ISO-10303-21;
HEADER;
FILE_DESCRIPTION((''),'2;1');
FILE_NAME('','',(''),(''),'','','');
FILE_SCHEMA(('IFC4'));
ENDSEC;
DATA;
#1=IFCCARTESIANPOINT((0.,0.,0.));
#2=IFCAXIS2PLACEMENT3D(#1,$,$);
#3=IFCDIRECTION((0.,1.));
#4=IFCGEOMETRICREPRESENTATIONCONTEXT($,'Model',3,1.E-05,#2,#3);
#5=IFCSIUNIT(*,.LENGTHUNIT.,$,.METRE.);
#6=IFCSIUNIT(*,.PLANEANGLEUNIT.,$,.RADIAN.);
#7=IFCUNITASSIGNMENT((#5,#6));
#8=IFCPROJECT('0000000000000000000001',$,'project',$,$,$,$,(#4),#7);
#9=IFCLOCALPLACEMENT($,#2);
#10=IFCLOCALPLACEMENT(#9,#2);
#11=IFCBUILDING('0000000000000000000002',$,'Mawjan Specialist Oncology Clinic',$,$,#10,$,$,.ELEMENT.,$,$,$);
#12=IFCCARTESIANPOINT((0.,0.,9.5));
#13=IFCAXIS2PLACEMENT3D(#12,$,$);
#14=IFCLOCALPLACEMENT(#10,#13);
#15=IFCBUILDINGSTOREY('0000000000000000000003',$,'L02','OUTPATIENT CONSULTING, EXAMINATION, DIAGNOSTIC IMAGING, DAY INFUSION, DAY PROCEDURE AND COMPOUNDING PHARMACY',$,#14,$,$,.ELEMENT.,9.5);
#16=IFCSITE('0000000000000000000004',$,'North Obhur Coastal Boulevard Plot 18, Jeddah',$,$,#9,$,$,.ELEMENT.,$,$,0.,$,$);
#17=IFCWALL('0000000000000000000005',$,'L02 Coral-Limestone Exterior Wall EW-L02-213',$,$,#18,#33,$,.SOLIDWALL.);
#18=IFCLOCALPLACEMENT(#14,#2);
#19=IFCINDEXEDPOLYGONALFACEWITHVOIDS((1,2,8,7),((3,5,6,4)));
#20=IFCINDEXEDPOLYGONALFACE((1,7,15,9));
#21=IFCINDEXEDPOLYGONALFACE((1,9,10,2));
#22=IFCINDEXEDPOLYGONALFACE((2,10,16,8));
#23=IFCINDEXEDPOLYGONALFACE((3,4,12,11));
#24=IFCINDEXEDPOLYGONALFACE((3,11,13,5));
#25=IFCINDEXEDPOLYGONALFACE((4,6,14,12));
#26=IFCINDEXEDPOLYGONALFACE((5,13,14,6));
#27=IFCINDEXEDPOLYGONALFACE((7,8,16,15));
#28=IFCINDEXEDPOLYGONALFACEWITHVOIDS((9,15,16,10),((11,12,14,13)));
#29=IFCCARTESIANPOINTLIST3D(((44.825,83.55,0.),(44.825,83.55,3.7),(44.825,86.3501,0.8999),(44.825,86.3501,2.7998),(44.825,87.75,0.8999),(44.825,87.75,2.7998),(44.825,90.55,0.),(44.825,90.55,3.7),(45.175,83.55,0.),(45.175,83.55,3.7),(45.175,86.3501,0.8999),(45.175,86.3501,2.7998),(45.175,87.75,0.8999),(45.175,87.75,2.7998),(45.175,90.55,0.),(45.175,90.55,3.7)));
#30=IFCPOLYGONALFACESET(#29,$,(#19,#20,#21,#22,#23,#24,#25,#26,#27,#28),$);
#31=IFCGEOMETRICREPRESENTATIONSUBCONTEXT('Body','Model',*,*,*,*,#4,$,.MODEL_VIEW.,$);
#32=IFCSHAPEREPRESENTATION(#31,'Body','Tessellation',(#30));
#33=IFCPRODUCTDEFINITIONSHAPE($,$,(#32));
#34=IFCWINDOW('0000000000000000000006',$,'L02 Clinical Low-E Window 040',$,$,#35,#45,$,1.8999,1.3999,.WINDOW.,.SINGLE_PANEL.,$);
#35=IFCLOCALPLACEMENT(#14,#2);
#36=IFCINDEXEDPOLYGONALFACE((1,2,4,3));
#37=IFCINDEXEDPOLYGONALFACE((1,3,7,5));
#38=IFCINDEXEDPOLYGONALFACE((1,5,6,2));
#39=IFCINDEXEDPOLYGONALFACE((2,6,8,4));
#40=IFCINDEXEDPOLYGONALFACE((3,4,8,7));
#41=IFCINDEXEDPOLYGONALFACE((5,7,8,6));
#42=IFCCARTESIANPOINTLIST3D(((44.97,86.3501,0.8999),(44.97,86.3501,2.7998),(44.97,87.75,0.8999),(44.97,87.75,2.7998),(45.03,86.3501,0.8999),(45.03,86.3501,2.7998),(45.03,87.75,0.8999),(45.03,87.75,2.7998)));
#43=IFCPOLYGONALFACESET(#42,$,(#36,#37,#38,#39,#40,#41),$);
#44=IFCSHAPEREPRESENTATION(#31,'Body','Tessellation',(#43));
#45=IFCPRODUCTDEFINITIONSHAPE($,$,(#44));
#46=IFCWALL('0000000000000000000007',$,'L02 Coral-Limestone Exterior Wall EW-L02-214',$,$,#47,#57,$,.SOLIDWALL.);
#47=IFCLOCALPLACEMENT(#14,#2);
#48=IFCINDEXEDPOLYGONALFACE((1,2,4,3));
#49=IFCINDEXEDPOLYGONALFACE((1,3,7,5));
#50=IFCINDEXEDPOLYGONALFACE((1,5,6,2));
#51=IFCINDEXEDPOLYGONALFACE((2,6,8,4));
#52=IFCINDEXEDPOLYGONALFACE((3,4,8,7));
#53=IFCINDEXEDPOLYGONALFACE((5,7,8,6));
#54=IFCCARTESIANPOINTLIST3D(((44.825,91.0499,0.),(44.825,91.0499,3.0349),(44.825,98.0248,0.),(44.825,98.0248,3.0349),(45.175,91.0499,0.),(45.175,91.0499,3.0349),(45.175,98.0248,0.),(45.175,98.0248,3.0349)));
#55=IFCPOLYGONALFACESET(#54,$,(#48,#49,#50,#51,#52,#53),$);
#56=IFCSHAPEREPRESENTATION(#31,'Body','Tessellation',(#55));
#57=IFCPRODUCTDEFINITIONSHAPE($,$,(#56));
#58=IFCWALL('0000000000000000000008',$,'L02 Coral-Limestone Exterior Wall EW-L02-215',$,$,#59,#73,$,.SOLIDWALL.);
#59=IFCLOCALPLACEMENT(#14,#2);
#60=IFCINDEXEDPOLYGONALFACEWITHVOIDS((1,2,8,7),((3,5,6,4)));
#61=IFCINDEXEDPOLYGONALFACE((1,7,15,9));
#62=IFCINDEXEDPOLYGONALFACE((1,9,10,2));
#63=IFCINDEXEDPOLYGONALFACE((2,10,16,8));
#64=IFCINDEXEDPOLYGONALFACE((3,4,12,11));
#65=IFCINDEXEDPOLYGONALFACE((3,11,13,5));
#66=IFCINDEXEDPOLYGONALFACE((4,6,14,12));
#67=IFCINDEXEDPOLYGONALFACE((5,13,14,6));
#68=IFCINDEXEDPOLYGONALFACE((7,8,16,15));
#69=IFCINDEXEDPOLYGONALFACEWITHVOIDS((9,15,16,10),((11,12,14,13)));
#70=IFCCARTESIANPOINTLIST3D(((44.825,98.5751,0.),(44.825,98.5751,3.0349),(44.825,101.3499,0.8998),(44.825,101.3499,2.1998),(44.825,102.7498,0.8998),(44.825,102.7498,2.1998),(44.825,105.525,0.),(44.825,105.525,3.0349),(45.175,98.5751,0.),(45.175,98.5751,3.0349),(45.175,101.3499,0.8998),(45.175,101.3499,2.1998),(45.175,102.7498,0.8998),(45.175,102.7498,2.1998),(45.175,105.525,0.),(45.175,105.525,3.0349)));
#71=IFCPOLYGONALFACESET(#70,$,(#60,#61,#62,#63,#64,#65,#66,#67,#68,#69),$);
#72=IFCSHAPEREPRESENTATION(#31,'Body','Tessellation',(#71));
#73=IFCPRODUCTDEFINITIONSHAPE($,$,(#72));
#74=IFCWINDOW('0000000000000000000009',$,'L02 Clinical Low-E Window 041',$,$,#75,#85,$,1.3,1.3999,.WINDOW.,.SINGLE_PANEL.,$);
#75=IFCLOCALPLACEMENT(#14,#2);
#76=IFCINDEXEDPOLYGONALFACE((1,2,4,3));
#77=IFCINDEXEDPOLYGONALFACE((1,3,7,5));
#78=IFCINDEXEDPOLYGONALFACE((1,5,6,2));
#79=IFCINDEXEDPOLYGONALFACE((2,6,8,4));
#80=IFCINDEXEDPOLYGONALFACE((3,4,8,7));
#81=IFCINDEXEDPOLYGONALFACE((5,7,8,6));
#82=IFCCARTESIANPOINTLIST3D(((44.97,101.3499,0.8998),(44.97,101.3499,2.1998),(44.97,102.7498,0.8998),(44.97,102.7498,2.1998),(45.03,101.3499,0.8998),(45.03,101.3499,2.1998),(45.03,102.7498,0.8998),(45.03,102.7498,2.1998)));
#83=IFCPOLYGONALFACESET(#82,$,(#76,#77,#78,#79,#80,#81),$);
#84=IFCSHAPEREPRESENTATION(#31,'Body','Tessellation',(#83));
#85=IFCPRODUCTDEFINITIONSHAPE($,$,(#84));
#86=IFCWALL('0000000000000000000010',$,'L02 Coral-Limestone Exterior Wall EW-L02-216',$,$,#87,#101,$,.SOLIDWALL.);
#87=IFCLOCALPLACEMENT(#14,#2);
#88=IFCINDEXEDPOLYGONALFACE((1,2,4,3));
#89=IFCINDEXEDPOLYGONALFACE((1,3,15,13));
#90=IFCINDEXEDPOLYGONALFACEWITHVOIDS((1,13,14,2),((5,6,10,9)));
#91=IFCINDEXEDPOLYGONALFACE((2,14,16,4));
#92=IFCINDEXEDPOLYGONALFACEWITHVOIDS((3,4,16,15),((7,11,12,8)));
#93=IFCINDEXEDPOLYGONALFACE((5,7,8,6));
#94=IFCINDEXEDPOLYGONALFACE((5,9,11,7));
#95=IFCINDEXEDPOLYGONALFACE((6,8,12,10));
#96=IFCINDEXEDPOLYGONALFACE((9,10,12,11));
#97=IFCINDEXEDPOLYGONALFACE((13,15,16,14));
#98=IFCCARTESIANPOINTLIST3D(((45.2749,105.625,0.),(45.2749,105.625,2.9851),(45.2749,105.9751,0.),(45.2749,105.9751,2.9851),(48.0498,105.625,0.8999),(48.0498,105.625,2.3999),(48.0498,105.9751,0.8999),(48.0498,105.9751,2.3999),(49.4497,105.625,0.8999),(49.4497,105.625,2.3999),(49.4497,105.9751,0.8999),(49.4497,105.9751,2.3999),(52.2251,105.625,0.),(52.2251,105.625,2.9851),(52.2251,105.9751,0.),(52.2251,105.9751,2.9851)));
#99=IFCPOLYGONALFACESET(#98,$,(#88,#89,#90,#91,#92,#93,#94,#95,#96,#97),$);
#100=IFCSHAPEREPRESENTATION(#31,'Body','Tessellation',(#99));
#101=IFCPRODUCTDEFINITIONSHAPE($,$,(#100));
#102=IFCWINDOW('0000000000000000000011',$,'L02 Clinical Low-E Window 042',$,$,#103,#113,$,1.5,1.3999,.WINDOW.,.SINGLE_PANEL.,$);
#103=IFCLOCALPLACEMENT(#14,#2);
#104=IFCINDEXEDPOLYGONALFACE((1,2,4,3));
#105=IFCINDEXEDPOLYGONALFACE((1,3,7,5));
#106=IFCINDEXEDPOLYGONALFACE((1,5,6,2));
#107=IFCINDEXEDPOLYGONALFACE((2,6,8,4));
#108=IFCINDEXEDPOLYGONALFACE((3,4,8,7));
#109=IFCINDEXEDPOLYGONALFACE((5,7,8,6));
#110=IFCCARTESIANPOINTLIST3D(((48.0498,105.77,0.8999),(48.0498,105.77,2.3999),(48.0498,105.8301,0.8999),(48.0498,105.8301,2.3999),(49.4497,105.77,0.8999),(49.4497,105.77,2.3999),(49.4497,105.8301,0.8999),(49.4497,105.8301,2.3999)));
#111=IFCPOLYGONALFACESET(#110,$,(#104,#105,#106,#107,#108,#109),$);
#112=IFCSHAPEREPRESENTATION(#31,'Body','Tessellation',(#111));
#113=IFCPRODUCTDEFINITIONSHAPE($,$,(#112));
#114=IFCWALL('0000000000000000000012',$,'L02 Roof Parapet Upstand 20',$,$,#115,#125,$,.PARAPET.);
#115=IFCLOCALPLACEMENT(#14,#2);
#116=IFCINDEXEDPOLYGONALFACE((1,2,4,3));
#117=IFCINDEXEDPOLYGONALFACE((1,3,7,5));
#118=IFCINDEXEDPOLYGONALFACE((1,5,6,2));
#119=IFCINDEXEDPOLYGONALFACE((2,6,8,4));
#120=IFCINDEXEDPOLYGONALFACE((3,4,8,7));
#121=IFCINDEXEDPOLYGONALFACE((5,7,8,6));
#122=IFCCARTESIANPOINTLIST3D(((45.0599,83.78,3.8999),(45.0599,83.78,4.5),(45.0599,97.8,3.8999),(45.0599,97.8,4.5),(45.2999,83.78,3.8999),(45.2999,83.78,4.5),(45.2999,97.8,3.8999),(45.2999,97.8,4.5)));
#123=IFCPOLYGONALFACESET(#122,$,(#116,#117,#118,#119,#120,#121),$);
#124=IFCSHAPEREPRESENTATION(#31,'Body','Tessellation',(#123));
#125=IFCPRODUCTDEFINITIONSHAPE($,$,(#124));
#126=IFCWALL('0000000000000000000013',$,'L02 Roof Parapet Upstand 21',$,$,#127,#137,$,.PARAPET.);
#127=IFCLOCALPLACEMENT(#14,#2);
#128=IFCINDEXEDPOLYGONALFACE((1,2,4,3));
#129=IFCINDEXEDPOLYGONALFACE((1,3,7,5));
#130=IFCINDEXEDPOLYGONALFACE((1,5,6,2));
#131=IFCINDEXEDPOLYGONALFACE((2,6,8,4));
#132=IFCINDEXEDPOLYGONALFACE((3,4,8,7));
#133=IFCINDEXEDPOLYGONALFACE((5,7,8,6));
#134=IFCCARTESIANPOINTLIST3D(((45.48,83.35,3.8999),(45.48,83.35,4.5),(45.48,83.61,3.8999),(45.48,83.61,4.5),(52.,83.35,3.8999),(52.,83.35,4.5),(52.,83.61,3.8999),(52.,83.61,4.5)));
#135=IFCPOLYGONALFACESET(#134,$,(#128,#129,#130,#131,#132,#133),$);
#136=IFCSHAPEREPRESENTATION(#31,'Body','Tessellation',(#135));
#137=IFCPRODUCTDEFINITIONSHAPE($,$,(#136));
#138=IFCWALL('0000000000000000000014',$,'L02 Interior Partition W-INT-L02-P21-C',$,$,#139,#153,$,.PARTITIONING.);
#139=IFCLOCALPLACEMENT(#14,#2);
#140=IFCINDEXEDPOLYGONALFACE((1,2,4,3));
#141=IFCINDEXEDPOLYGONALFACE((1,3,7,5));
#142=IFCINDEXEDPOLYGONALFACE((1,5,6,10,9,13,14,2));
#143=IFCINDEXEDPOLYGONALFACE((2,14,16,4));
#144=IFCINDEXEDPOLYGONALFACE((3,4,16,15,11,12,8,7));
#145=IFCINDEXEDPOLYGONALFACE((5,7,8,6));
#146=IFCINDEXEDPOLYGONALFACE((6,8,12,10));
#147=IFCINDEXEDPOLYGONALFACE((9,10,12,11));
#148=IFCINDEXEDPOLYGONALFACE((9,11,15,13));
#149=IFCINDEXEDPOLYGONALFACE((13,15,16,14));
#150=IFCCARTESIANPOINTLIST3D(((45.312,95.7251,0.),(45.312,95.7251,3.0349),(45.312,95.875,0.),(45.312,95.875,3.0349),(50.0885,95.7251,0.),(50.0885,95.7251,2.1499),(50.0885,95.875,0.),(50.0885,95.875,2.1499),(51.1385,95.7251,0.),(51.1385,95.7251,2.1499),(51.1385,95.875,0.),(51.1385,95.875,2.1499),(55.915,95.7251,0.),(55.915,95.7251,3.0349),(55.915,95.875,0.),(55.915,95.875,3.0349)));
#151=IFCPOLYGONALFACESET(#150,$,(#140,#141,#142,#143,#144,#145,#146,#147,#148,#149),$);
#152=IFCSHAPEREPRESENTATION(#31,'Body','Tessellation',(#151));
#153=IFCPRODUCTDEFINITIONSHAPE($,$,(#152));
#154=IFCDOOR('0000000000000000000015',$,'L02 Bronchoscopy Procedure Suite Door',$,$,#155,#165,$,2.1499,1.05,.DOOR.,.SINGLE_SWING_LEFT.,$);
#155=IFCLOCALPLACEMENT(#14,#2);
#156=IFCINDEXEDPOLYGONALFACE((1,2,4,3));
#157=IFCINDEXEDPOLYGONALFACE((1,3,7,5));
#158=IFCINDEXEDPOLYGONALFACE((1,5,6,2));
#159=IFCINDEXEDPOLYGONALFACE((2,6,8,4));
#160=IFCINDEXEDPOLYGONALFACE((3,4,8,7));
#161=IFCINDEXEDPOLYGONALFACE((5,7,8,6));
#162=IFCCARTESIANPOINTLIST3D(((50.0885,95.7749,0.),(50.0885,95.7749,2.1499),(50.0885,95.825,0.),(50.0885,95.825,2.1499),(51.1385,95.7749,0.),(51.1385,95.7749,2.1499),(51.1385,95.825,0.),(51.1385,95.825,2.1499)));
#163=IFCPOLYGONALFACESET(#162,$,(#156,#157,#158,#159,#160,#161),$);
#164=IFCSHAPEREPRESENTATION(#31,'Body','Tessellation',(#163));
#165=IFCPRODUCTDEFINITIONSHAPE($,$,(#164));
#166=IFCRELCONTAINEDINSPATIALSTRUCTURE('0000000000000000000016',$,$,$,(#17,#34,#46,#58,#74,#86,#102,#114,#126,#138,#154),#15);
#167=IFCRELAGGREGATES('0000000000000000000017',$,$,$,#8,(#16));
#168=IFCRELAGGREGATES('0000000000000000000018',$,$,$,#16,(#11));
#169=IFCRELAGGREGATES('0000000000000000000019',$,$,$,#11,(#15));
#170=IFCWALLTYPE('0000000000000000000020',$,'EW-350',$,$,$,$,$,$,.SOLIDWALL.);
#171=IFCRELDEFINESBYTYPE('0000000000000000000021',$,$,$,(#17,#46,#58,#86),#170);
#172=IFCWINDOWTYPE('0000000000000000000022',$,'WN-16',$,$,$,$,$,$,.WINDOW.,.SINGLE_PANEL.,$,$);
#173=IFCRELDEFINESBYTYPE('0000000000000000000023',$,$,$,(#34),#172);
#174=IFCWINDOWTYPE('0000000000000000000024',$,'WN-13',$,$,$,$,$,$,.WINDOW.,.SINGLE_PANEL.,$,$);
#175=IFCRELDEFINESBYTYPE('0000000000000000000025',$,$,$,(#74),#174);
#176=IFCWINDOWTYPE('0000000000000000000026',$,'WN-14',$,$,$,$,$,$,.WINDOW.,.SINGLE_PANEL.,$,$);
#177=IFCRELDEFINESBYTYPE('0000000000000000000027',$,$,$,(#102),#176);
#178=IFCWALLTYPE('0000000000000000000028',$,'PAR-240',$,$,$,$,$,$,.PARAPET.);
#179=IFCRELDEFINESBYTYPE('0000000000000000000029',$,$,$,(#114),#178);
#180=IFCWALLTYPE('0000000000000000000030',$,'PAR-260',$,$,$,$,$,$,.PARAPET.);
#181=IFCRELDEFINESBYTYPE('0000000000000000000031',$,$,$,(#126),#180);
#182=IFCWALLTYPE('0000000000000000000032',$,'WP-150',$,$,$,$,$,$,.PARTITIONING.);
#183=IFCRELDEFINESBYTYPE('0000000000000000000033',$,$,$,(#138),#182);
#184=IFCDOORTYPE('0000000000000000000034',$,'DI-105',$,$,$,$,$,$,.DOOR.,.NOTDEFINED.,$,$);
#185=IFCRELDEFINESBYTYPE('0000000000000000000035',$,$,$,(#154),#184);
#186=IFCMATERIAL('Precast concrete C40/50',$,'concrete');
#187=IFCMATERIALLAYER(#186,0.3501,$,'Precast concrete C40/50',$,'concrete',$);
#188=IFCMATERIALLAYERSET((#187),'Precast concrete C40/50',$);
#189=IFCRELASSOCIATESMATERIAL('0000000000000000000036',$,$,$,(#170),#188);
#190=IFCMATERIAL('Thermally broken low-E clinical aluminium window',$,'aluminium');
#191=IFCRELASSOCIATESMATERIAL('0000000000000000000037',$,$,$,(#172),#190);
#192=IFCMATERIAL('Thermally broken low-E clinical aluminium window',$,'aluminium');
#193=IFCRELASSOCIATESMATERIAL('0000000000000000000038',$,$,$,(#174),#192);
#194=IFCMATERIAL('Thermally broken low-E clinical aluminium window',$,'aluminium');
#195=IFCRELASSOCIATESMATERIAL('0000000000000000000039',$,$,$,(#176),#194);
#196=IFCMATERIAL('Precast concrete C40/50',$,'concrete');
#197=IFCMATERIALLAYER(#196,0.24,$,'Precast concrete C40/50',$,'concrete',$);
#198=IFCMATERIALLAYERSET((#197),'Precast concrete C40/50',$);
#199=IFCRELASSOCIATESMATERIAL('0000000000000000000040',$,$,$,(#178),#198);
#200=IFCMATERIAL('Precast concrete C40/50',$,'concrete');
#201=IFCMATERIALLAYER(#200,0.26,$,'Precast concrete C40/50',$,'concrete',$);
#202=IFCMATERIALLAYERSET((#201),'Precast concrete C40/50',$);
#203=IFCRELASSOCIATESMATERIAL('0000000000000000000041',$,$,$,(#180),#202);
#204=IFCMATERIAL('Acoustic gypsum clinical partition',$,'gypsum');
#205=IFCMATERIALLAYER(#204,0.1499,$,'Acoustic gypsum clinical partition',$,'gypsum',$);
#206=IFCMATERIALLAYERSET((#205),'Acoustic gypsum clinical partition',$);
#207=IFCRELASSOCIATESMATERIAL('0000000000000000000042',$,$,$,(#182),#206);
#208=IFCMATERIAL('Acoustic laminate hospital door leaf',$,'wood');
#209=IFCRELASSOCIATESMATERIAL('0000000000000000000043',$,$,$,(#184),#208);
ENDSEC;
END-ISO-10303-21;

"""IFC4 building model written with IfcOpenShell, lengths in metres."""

from ifc_helpers import new_model, si_unit, direction, frame, frame_2d, origin, place, context, subcontext, project, spatial, rectangle, extrude, material, layer, layer_set, type_object, element, fill, save


model = new_model("IFC4")

# Units and contexts
model_context = context("Model", 3, precision=1e-05, world=origin(), true_north=direction((0.0, 1.0)))
body_context = subcontext(model_context, "Body", "Model", "MODEL_VIEW")
ifc_project = project(units=[si_unit("LENGTHUNIT", "METRE"), si_unit("PLANEANGLEUNIT", "RADIAN")], contexts=[model_context])

# Site, building, storey
site_placement = place(None, origin())
site = spatial("IfcSite", under=ifc_project, at=site_placement, Name="North Obhur Coastal Boulevard Plot 18, Jeddah", CompositionType="ELEMENT", RefElevation=0.0)
building_placement = place(site_placement, origin())
building = spatial("IfcBuilding", under=site, at=building_placement, Name="Mawjan Specialist Oncology Clinic", CompositionType="ELEMENT")
storey_placement = place(building_placement, frame((0.0, 0.0, 9.5)))
storey = spatial("IfcBuildingStorey", under=building, at=storey_placement, Name="L02", Description="OUTPATIENT CONSULTING, EXAMINATION, DIAGNOSTIC IMAGING, DAY INFUSION, DAY PROCEDURE AND COMPOUNDING PHARMACY", CompositionType="ELEMENT", Elevation=9.5)

# Shared definitions
ifc_material_1 = material(Name="Precast concrete C40/50", Category="concrete")
ifc_layer_1 = layer(ifc_material_1, 0.3501, Name="Precast concrete C40/50", Category="concrete")
ifc_layer_set_1 = layer_set([ifc_layer_1], Name="Precast concrete C40/50")
wall_type_1 = type_object("IfcWallType", Name="EW-350", PredefinedType="SOLIDWALL", material=ifc_layer_set_1)

# Wall, opening, window
wall_1_placement = place(storey_placement, frame((45.0, 83.55, 0.0), z_axis=(0.0, 0.0, 1.0), x_axis=(0.0, 1.0, 0.0)))
wall_1 = element("IfcWall", 1, at=wall_1_placement, inside=storey, type_object=wall_type_1, Name="L02 Coral-Limestone Exterior Wall EW-L02-213", PredefinedType="SOLIDWALL", context=body_context, shape_type="SweptSolid", body=[
    extrude(rectangle(XDim=7.0, YDim=0.3501, at=frame_2d((3.5, 0.0))), origin(), (0.0, 0.0, 1.0), 3.7),
])
opening_1_placement = place(wall_1_placement, frame((2.8, 0.0, 0.8999)))
opening_1 = element("IfcOpeningElement", 2, at=opening_1_placement, cuts=wall_1, PredefinedType="OPENING", context=body_context, shape_type="SweptSolid", body=[
    extrude(rectangle(XDim=1.3999, YDim=1.8999, at=frame_2d((0.7, 0.95))), frame((0.0, 0.187, 0.0), z_axis=(0.0, -1.0, 0.0), x_axis=(1.0, 0.0, 0.0)), (0.0, 0.0, 1.0), 0.374),
])
ifc_material_2 = material(Name="Thermally broken low-E clinical aluminium window", Category="aluminium")
window_type_1 = type_object("IfcWindowType", Name="WN-16", PartitioningType="SINGLE_PANEL", PredefinedType="WINDOW", material=ifc_material_2)
window_1_placement = place(opening_1_placement, origin())
window_1 = element("IfcWindow", 3, at=window_1_placement, inside=storey, type_object=window_type_1, Name="L02 Clinical Low-E Window 040", OverallHeight=1.8999, OverallWidth=1.3999, PartitioningType="SINGLE_PANEL", PredefinedType="WINDOW", context=body_context, shape_type="SweptSolid", body=[
    extrude(rectangle(XDim=1.3999, YDim=1.8999, at=frame_2d((0.7, 0.95))), frame((0.0, 0.03, 0.0), z_axis=(0.0, -1.0, 0.0), x_axis=(1.0, 0.0, 0.0)), (0.0, 0.0, 1.0), 0.0601),
])
fill(opening_1, window_1)

# Wall
wall_2_placement = place(storey_placement, frame((45.0, 91.05, 0.0), z_axis=(0.0, 0.0, 1.0), x_axis=(0.0, 1.0, 0.0)))
element("IfcWall", 4, at=wall_2_placement, inside=storey, type_object=wall_type_1, Name="L02 Coral-Limestone Exterior Wall EW-L02-214", PredefinedType="SOLIDWALL", context=body_context, shape_type="SweptSolid", body=[
    extrude(rectangle(XDim=6.9749, YDim=0.3501, at=frame_2d((3.4873, 0.0))), origin(), (0.0, 0.0, 1.0), 3.0349),
])

# Walls, openings, windows
wall_3_placement = place(storey_placement, frame((45.0, 98.575, 0.0), z_axis=(0.0, 0.0, 1.0), x_axis=(0.0, 1.0, 0.0)))
wall_3 = element("IfcWall", 5, at=wall_3_placement, inside=storey, type_object=wall_type_1, Name="L02 Coral-Limestone Exterior Wall EW-L02-215", PredefinedType="SOLIDWALL", context=body_context, shape_type="SweptSolid", body=[
    extrude(rectangle(XDim=6.95, YDim=0.3501, at=frame_2d((3.4751, 0.0))), origin(), (0.0, 0.0, 1.0), 3.0349),
])
opening_2_placement = place(wall_3_placement, frame((2.7749, 0.0, 0.8999)))
opening_2 = element("IfcOpeningElement", 6, at=opening_2_placement, cuts=wall_3, PredefinedType="OPENING", context=body_context, shape_type="SweptSolid", body=[
    extrude(rectangle(XDim=1.3999, YDim=1.3, at=frame_2d((0.7, 0.6499))), frame((0.0, 0.187, 0.0), z_axis=(0.0, -1.0, 0.0), x_axis=(1.0, 0.0, 0.0)), (0.0, 0.0, 1.0), 0.374),
])
ifc_material_3 = material(Name="Thermally broken low-E clinical aluminium window", Category="aluminium")
window_type_2 = type_object("IfcWindowType", Name="WN-13", PartitioningType="SINGLE_PANEL", PredefinedType="WINDOW", material=ifc_material_3)
window_2_placement = place(opening_2_placement, origin())
window_2 = element("IfcWindow", 7, at=window_2_placement, inside=storey, type_object=window_type_2, Name="L02 Clinical Low-E Window 041", OverallHeight=1.3, OverallWidth=1.3999, PartitioningType="SINGLE_PANEL", PredefinedType="WINDOW", context=body_context, shape_type="SweptSolid", body=[
    extrude(rectangle(XDim=1.3999, YDim=1.3, at=frame_2d((0.7, 0.6499))), frame((0.0, 0.03, 0.0), z_axis=(0.0, -1.0, 0.0), x_axis=(1.0, 0.0, 0.0)), (0.0, 0.0, 1.0), 0.0601),
])
fill(opening_2, window_2)
wall_4_placement = place(storey_placement, frame((45.2749, 105.8, 0.0), z_axis=(0.0, 0.0, 1.0), x_axis=(1.0, 0.0, 0.0)))
wall_4 = element("IfcWall", 8, at=wall_4_placement, inside=storey, type_object=wall_type_1, Name="L02 Coral-Limestone Exterior Wall EW-L02-216", PredefinedType="SOLIDWALL", context=body_context, shape_type="SweptSolid", body=[
    extrude(rectangle(XDim=6.9502, YDim=0.3501, at=frame_2d((3.4751, 0.0))), origin(), (0.0, 0.0, 1.0), 2.9851),
])
opening_3_placement = place(wall_4_placement, frame((2.7749, 0.0, 0.8999)))
opening_3 = element("IfcOpeningElement", 9, at=opening_3_placement, cuts=wall_4, PredefinedType="OPENING", context=body_context, shape_type="SweptSolid", body=[
    extrude(rectangle(XDim=1.3999, YDim=1.5, at=frame_2d((0.7, 0.75))), frame((0.0, 0.187, 0.0), z_axis=(0.0, -1.0, 0.0), x_axis=(1.0, 0.0, 0.0)), (0.0, 0.0, 1.0), 0.374),
])
ifc_material_4 = material(Name="Thermally broken low-E clinical aluminium window", Category="aluminium")
window_type_3 = type_object("IfcWindowType", Name="WN-14", PartitioningType="SINGLE_PANEL", PredefinedType="WINDOW", material=ifc_material_4)
window_3_placement = place(opening_3_placement, origin())
window_3 = element("IfcWindow", 10, at=window_3_placement, inside=storey, type_object=window_type_3, Name="L02 Clinical Low-E Window 042", OverallHeight=1.5, OverallWidth=1.3999, PartitioningType="SINGLE_PANEL", PredefinedType="WINDOW", context=body_context, shape_type="SweptSolid", body=[
    extrude(rectangle(XDim=1.3999, YDim=1.5, at=frame_2d((0.7, 0.75))), frame((0.0, 0.03, 0.0), z_axis=(0.0, -1.0, 0.0), x_axis=(1.0, 0.0, 0.0)), (0.0, 0.0, 1.0), 0.0601),
])
fill(opening_3, window_3)

# Walls
ifc_material_5 = material(Name="Precast concrete C40/50", Category="concrete")
ifc_layer_2 = layer(ifc_material_5, 0.24, Name="Precast concrete C40/50", Category="concrete")
ifc_layer_set_2 = layer_set([ifc_layer_2], Name="Precast concrete C40/50")
wall_type_2 = type_object("IfcWallType", Name="PAR-240", PredefinedType="PARAPET", material=ifc_layer_set_2)
wall_5_placement = place(storey_placement, frame((45.1799, 83.78, 3.8999), z_axis=(0.0, 0.0, 1.0), x_axis=(0.0, 1.0, 0.0)))
element("IfcWall", 11, at=wall_5_placement, inside=storey, type_object=wall_type_2, Name="L02 Roof Parapet Upstand 20", PredefinedType="PARAPET", context=body_context, shape_type="SweptSolid", body=[
    extrude(rectangle(XDim=14.02, YDim=0.24, at=frame_2d((7.01, 0.0))), origin(), (0.0, 0.0, 1.0), 0.6001),
])
ifc_material_6 = material(Name="Precast concrete C40/50", Category="concrete")
ifc_layer_3 = layer(ifc_material_6, 0.26, Name="Precast concrete C40/50", Category="concrete")
ifc_layer_set_3 = layer_set([ifc_layer_3], Name="Precast concrete C40/50")
wall_type_3 = type_object("IfcWallType", Name="PAR-260", PredefinedType="PARAPET", material=ifc_layer_set_3)
wall_6_placement = place(storey_placement, frame((52.0, 83.48, 3.8999), z_axis=(0.0, 0.0, 1.0), x_axis=(-1.0, 0.0, 0.0)))
element("IfcWall", 12, at=wall_6_placement, inside=storey, type_object=wall_type_3, Name="L02 Roof Parapet Upstand 21", PredefinedType="PARAPET", context=body_context, shape_type="SweptSolid", body=[
    extrude(rectangle(XDim=6.52, YDim=0.26, at=frame_2d((3.26, 0.0))), origin(), (0.0, 0.0, 1.0), 0.6001),
])

# Wall, opening, door
ifc_material_7 = material(Name="Acoustic gypsum clinical partition", Category="gypsum")
ifc_layer_4 = layer(ifc_material_7, 0.1499, Name="Acoustic gypsum clinical partition", Category="gypsum")
ifc_layer_set_4 = layer_set([ifc_layer_4], Name="Acoustic gypsum clinical partition")
wall_type_4 = type_object("IfcWallType", Name="WP-150", PredefinedType="PARTITIONING", material=ifc_layer_set_4)
wall_7_placement = place(storey_placement, frame((45.312, 95.8, 0.0), z_axis=(0.0, 0.0, 1.0), x_axis=(1.0, 0.0, 0.0)))
wall_7 = element("IfcWall", 13, at=wall_7_placement, inside=storey, type_object=wall_type_4, Name="L02 Interior Partition W-INT-L02-P21-C", PredefinedType="PARTITIONING", context=body_context, shape_type="SweptSolid", body=[
    extrude(rectangle(XDim=10.603, YDim=0.1499, at=frame_2d((5.3015, 0.0))), origin(), (0.0, 0.0, 1.0), 3.0349),
])
opening_4_placement = place(wall_7_placement, frame((4.7766, 0.0, 0.0)))
opening_4 = element("IfcOpeningElement", 14, at=opening_4_placement, cuts=wall_7, PredefinedType="OPENING", context=body_context, shape_type="SweptSolid", body=[
    extrude(rectangle(XDim=1.05, YDim=2.1499, at=frame_2d((0.5249, 1.075))), frame((0.0, 0.0869, 0.0), z_axis=(0.0, -1.0, 0.0), x_axis=(1.0, 0.0, 0.0)), (0.0, 0.0, 1.0), 0.1738),
])
ifc_material_8 = material(Name="Acoustic laminate hospital door leaf", Category="wood")
door_type = type_object("IfcDoorType", Name="DI-105", OperationType="NOTDEFINED", PredefinedType="DOOR", material=ifc_material_8)
door_placement = place(opening_4_placement, origin())
door = element("IfcDoor", 15, at=door_placement, inside=storey, type_object=door_type, Name="L02 Bronchoscopy Procedure Suite Door", OperationType="SINGLE_SWING_LEFT", OverallHeight=2.1499, OverallWidth=1.05, PredefinedType="DOOR", context=body_context, shape_type="SweptSolid", body=[
    extrude(rectangle(XDim=1.05, YDim=2.1499, at=frame_2d((0.5249, 1.075))), frame((0.0, 0.0249, 0.0), z_axis=(0.0, -1.0, 0.0), x_axis=(1.0, 0.0, 0.0)), (0.0, 0.0, 1.0), 0.05),
])
fill(opening_4, door)

save(model, "model.ifc")
